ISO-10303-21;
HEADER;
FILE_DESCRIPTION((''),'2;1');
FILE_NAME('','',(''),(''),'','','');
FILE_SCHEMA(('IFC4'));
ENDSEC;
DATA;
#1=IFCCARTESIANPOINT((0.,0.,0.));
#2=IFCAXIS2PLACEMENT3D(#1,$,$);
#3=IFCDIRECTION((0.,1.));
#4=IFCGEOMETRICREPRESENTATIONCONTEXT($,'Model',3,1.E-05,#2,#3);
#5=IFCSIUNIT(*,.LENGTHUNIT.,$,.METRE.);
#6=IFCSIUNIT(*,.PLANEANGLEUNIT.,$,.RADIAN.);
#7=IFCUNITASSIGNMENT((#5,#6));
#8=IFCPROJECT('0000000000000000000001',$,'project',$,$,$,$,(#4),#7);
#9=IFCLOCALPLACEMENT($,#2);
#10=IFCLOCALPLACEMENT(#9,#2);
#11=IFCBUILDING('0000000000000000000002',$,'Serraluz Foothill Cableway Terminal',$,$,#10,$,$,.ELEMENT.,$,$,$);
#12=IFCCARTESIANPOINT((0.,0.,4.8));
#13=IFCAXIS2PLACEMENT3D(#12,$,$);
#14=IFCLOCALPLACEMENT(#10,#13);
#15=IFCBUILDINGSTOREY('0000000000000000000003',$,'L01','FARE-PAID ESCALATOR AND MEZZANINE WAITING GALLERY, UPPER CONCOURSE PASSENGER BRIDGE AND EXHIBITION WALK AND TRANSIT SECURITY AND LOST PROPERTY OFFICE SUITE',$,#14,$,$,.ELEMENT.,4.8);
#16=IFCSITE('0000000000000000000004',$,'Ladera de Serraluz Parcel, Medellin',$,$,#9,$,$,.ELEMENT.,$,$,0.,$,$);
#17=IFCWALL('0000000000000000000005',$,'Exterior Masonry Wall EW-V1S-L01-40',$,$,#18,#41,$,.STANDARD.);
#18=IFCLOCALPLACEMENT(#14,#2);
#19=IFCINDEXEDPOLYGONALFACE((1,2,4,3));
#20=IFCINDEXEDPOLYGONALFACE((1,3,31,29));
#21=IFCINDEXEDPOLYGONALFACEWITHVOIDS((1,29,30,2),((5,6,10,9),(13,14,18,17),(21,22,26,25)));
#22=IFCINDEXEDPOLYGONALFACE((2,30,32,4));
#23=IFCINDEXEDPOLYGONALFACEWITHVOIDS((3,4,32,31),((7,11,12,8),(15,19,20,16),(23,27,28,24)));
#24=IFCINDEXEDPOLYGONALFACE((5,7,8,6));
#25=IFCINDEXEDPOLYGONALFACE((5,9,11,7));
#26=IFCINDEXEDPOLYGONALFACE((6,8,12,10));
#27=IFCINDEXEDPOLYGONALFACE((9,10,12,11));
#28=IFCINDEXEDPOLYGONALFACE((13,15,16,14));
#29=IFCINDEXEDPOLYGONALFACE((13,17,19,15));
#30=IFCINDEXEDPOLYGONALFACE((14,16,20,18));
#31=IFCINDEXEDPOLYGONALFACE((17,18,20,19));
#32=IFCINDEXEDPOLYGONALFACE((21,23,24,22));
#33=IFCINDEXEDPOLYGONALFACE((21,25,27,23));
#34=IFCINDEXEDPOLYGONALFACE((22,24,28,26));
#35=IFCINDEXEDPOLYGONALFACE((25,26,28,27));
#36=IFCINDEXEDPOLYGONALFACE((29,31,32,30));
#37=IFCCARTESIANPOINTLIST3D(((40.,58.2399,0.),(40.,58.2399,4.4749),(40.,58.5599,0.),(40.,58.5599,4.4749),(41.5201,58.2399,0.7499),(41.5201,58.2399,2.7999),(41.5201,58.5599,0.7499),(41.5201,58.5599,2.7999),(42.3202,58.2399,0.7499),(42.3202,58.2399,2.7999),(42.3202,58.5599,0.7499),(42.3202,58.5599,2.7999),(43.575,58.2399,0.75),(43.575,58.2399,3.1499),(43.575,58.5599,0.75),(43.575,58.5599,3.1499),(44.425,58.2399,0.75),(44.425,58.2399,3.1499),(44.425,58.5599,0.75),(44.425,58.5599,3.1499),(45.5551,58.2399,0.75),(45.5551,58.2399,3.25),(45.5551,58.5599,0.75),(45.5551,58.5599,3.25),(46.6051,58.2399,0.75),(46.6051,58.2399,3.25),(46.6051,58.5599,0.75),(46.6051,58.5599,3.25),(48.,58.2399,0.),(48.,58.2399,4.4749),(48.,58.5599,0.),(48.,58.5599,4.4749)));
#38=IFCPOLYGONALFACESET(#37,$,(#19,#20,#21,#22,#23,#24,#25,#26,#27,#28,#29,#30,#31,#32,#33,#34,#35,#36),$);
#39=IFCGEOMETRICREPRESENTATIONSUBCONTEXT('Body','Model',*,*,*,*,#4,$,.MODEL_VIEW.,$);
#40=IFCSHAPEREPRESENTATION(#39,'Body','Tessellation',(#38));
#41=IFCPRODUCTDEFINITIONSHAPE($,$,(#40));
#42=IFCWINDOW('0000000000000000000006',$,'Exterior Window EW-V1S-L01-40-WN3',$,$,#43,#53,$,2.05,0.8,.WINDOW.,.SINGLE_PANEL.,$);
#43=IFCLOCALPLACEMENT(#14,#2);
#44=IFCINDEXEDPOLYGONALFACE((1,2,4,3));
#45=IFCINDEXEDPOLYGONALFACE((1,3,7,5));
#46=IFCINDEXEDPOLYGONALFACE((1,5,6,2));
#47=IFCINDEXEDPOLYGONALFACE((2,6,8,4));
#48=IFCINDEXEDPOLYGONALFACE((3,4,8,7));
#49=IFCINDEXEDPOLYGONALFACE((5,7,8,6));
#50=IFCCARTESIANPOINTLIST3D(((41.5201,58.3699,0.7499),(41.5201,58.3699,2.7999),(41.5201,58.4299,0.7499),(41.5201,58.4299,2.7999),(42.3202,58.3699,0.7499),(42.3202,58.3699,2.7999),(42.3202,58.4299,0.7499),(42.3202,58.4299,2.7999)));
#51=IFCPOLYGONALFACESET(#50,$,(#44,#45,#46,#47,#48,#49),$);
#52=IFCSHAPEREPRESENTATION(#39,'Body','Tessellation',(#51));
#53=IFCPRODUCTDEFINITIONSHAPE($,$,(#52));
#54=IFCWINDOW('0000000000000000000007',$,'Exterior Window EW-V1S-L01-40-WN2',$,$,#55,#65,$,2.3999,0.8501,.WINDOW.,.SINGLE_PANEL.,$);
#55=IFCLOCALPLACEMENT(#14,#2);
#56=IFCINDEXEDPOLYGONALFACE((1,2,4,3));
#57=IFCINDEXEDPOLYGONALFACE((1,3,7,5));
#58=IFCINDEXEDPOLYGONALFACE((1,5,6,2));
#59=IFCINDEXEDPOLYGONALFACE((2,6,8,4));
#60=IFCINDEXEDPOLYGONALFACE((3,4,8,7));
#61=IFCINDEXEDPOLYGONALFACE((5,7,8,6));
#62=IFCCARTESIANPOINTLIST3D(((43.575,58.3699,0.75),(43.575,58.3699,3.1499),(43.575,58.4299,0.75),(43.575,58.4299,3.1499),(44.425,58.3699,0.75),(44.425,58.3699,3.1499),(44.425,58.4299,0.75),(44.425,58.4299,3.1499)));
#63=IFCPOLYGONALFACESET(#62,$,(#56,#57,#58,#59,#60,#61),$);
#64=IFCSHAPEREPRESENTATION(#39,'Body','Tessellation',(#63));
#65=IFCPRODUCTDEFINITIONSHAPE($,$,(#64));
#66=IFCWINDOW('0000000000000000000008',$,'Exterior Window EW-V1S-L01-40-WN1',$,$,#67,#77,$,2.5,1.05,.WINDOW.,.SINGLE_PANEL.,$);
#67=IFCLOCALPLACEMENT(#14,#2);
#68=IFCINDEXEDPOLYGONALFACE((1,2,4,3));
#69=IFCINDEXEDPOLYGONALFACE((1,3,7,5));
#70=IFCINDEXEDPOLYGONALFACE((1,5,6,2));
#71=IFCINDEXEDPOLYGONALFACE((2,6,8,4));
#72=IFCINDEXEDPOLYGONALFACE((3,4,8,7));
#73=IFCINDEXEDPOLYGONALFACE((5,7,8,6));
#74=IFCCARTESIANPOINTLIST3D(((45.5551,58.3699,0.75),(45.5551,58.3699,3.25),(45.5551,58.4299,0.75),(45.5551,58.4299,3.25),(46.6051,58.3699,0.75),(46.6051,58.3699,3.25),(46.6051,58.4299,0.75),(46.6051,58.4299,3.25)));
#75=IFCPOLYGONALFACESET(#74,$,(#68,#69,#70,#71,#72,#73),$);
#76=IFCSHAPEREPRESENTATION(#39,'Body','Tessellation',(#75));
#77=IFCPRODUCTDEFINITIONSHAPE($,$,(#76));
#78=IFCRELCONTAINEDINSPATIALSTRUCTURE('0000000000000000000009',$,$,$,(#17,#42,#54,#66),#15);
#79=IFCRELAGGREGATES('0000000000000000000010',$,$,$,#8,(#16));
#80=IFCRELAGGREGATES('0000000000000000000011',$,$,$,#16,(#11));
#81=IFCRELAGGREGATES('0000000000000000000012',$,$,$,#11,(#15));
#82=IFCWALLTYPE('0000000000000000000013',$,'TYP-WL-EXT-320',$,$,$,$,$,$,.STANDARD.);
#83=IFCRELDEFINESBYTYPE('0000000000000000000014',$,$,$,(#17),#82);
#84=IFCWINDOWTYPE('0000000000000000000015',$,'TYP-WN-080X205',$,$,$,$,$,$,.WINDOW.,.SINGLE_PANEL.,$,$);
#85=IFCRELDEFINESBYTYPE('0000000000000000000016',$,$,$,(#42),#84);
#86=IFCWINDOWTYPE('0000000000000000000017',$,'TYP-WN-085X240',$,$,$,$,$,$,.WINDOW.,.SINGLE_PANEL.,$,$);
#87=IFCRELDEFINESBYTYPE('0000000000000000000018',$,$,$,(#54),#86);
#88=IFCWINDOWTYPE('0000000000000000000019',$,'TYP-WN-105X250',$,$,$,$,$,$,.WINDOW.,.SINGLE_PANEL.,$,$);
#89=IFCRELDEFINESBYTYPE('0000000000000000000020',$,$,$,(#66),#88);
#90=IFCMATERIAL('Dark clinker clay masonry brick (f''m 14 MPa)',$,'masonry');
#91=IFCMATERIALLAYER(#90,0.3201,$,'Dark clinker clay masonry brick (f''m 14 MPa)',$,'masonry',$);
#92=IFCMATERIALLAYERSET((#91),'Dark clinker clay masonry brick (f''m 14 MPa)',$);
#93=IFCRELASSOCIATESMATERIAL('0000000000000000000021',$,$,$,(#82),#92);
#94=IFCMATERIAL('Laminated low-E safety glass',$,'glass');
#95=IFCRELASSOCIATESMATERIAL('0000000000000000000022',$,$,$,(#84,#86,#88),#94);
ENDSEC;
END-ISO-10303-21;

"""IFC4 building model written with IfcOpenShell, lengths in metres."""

from ifc_helpers import new_model, si_unit, direction, frame, frame_2d, origin, place, context, subcontext, project, spatial, rectangle, extrude, material, layer, layer_set, type_object, element, fill, save


model = new_model("IFC4")

# Units and contexts
model_context = context("Model", 3, precision=1e-05, world=origin(), true_north=direction((0.0, 1.0)))
body_context = subcontext(model_context, "Body", "Model", "MODEL_VIEW")
ifc_project = project(units=[si_unit("LENGTHUNIT", "METRE"), si_unit("PLANEANGLEUNIT", "RADIAN")], contexts=[model_context])

# Site, building, storey
site_placement = place(None, origin())
site = spatial("IfcSite", under=ifc_project, at=site_placement, Name="Ladera de Serraluz Parcel, Medellin", CompositionType="ELEMENT", RefElevation=0.0)
building_placement = place(site_placement, origin())
building = spatial("IfcBuilding", under=site, at=building_placement, Name="Serraluz Foothill Cableway Terminal", CompositionType="ELEMENT")
storey_placement = place(building_placement, frame((0.0, 0.0, 4.8)))
storey = spatial("IfcBuildingStorey", under=building, at=storey_placement, Name="L01", Description="FARE-PAID ESCALATOR AND MEZZANINE WAITING GALLERY, UPPER CONCOURSE PASSENGER BRIDGE AND EXHIBITION WALK AND TRANSIT SECURITY AND LOST PROPERTY OFFICE SUITE", CompositionType="ELEMENT", Elevation=4.8)

# Wall, openings, windows
ifc_material_1 = material(Name="Dark clinker clay masonry brick (f'm 14 MPa)", Category="masonry")
ifc_layer_1 = layer(ifc_material_1, 0.3201, Name="Dark clinker clay masonry brick (f'm 14 MPa)", Category="masonry")
ifc_layer_set_1 = layer_set([ifc_layer_1], Name="Dark clinker clay masonry brick (f'm 14 MPa)")
wall_type = type_object("IfcWallType", Name="TYP-WL-EXT-320", PredefinedType="STANDARD", material=ifc_layer_set_1)
wall_1_placement = place(storey_placement, frame((48.0, 58.3999, 0.0), z_axis=(0.0, 0.0, 1.0), x_axis=(-1.0, 0.0, 0.0)))
wall_1 = element("IfcWall", 1, at=wall_1_placement, inside=storey, type_object=wall_type, Name="Exterior Masonry Wall EW-V1S-L01-40", PredefinedType="STANDARD", context=body_context, shape_type="SweptSolid", body=[
    extrude(rectangle(XDim=8.0, YDim=0.3201, at=frame_2d((4.0, 0.0))), origin(), (0.0, 0.0, 1.0), 4.4749),
])
opening_1_placement = place(wall_1_placement, frame((1.395, 0.0, 0.75)))
opening_1 = element("IfcOpeningElement", 2, at=opening_1_placement, cuts=wall_1, PredefinedType="OPENING", context=body_context, shape_type="SweptSolid", body=[
    extrude(rectangle(XDim=1.05, YDim=2.5, at=frame_2d((0.5249, 1.25))), frame((0.0, 0.1699, 0.0), z_axis=(0.0, -1.0, 0.0), x_axis=(1.0, 0.0, 0.0)), (0.0, 0.0, 1.0), 0.3401),
])
opening_2_placement = place(wall_1_placement, frame((3.575, 0.0, 0.75)))
opening_2 = element("IfcOpeningElement", 3, at=opening_2_placement, cuts=wall_1, PredefinedType="OPENING", context=body_context, shape_type="SweptSolid", body=[
    extrude(rectangle(XDim=0.8501, YDim=2.3999, at=frame_2d((0.425, 1.2))), frame((0.0, 0.1699, 0.0), z_axis=(0.0, -1.0, 0.0), x_axis=(1.0, 0.0, 0.0)), (0.0, 0.0, 1.0), 0.3401),
])
opening_3_placement = place(wall_1_placement, frame((5.6799, 0.0, 0.75)))
opening_3 = element("IfcOpeningElement", 4, at=opening_3_placement, cuts=wall_1, PredefinedType="OPENING", context=body_context, shape_type="SweptSolid", body=[
    extrude(rectangle(XDim=0.8, YDim=2.05, at=frame_2d((0.3999, 1.0249))), frame((0.0, 0.1699, 0.0), z_axis=(0.0, -1.0, 0.0), x_axis=(1.0, 0.0, 0.0)), (0.0, 0.0, 1.0), 0.3401),
])
ifc_material_2 = material(Name="Laminated low-E safety glass", Category="glass")
window_type_1 = type_object("IfcWindowType", Name="TYP-WN-080X205", PartitioningType="SINGLE_PANEL", PredefinedType="WINDOW", material=ifc_material_2)
window_1_placement = place(opening_3_placement, origin())
window_1 = element("IfcWindow", 5, at=window_1_placement, inside=storey, type_object=window_type_1, Name="Exterior Window EW-V1S-L01-40-WN3", OverallHeight=2.05, OverallWidth=0.8, PartitioningType="SINGLE_PANEL", PredefinedType="WINDOW", context=body_context, shape_type="SweptSolid", body=[
    extrude(rectangle(XDim=0.8, YDim=2.05, at=frame_2d((0.3999, 1.0249))), frame((0.0, 0.03, 0.0), z_axis=(0.0, -1.0, 0.0), x_axis=(1.0, 0.0, 0.0)), (0.0, 0.0, 1.0), 0.0601),
])
fill(opening_3, window_1)
window_type_2 = type_object("IfcWindowType", Name="TYP-WN-085X240", PartitioningType="SINGLE_PANEL", PredefinedType="WINDOW", material=ifc_material_2)
window_2_placement = place(opening_2_placement, origin())
window_2 = element("IfcWindow", 6, at=window_2_placement, inside=storey, type_object=window_type_2, Name="Exterior Window EW-V1S-L01-40-WN2", OverallHeight=2.3999, OverallWidth=0.8501, PartitioningType="SINGLE_PANEL", PredefinedType="WINDOW", context=body_context, shape_type="SweptSolid", body=[
    extrude(rectangle(XDim=0.8501, YDim=2.3999, at=frame_2d((0.425, 1.2))), frame((0.0, 0.03, 0.0), z_axis=(0.0, -1.0, 0.0), x_axis=(1.0, 0.0, 0.0)), (0.0, 0.0, 1.0), 0.0601),
])
fill(opening_2, window_2)
window_type_3 = type_object("IfcWindowType", Name="TYP-WN-105X250", PartitioningType="SINGLE_PANEL", PredefinedType="WINDOW", material=ifc_material_2)
window_3_placement = place(opening_1_placement, origin())
window_3 = element("IfcWindow", 7, at=window_3_placement, inside=storey, type_object=window_type_3, Name="Exterior Window EW-V1S-L01-40-WN1", OverallHeight=2.5, OverallWidth=1.05, PartitioningType="SINGLE_PANEL", PredefinedType="WINDOW", context=body_context, shape_type="SweptSolid", body=[
    extrude(rectangle(XDim=1.05, YDim=2.5, at=frame_2d((0.5249, 1.25))), frame((0.0, 0.03, 0.0), z_axis=(0.0, -1.0, 0.0), x_axis=(1.0, 0.0, 0.0)), (0.0, 0.0, 1.0), 0.0601),
])
fill(opening_1, window_3)

save(model, "model.ifc")
